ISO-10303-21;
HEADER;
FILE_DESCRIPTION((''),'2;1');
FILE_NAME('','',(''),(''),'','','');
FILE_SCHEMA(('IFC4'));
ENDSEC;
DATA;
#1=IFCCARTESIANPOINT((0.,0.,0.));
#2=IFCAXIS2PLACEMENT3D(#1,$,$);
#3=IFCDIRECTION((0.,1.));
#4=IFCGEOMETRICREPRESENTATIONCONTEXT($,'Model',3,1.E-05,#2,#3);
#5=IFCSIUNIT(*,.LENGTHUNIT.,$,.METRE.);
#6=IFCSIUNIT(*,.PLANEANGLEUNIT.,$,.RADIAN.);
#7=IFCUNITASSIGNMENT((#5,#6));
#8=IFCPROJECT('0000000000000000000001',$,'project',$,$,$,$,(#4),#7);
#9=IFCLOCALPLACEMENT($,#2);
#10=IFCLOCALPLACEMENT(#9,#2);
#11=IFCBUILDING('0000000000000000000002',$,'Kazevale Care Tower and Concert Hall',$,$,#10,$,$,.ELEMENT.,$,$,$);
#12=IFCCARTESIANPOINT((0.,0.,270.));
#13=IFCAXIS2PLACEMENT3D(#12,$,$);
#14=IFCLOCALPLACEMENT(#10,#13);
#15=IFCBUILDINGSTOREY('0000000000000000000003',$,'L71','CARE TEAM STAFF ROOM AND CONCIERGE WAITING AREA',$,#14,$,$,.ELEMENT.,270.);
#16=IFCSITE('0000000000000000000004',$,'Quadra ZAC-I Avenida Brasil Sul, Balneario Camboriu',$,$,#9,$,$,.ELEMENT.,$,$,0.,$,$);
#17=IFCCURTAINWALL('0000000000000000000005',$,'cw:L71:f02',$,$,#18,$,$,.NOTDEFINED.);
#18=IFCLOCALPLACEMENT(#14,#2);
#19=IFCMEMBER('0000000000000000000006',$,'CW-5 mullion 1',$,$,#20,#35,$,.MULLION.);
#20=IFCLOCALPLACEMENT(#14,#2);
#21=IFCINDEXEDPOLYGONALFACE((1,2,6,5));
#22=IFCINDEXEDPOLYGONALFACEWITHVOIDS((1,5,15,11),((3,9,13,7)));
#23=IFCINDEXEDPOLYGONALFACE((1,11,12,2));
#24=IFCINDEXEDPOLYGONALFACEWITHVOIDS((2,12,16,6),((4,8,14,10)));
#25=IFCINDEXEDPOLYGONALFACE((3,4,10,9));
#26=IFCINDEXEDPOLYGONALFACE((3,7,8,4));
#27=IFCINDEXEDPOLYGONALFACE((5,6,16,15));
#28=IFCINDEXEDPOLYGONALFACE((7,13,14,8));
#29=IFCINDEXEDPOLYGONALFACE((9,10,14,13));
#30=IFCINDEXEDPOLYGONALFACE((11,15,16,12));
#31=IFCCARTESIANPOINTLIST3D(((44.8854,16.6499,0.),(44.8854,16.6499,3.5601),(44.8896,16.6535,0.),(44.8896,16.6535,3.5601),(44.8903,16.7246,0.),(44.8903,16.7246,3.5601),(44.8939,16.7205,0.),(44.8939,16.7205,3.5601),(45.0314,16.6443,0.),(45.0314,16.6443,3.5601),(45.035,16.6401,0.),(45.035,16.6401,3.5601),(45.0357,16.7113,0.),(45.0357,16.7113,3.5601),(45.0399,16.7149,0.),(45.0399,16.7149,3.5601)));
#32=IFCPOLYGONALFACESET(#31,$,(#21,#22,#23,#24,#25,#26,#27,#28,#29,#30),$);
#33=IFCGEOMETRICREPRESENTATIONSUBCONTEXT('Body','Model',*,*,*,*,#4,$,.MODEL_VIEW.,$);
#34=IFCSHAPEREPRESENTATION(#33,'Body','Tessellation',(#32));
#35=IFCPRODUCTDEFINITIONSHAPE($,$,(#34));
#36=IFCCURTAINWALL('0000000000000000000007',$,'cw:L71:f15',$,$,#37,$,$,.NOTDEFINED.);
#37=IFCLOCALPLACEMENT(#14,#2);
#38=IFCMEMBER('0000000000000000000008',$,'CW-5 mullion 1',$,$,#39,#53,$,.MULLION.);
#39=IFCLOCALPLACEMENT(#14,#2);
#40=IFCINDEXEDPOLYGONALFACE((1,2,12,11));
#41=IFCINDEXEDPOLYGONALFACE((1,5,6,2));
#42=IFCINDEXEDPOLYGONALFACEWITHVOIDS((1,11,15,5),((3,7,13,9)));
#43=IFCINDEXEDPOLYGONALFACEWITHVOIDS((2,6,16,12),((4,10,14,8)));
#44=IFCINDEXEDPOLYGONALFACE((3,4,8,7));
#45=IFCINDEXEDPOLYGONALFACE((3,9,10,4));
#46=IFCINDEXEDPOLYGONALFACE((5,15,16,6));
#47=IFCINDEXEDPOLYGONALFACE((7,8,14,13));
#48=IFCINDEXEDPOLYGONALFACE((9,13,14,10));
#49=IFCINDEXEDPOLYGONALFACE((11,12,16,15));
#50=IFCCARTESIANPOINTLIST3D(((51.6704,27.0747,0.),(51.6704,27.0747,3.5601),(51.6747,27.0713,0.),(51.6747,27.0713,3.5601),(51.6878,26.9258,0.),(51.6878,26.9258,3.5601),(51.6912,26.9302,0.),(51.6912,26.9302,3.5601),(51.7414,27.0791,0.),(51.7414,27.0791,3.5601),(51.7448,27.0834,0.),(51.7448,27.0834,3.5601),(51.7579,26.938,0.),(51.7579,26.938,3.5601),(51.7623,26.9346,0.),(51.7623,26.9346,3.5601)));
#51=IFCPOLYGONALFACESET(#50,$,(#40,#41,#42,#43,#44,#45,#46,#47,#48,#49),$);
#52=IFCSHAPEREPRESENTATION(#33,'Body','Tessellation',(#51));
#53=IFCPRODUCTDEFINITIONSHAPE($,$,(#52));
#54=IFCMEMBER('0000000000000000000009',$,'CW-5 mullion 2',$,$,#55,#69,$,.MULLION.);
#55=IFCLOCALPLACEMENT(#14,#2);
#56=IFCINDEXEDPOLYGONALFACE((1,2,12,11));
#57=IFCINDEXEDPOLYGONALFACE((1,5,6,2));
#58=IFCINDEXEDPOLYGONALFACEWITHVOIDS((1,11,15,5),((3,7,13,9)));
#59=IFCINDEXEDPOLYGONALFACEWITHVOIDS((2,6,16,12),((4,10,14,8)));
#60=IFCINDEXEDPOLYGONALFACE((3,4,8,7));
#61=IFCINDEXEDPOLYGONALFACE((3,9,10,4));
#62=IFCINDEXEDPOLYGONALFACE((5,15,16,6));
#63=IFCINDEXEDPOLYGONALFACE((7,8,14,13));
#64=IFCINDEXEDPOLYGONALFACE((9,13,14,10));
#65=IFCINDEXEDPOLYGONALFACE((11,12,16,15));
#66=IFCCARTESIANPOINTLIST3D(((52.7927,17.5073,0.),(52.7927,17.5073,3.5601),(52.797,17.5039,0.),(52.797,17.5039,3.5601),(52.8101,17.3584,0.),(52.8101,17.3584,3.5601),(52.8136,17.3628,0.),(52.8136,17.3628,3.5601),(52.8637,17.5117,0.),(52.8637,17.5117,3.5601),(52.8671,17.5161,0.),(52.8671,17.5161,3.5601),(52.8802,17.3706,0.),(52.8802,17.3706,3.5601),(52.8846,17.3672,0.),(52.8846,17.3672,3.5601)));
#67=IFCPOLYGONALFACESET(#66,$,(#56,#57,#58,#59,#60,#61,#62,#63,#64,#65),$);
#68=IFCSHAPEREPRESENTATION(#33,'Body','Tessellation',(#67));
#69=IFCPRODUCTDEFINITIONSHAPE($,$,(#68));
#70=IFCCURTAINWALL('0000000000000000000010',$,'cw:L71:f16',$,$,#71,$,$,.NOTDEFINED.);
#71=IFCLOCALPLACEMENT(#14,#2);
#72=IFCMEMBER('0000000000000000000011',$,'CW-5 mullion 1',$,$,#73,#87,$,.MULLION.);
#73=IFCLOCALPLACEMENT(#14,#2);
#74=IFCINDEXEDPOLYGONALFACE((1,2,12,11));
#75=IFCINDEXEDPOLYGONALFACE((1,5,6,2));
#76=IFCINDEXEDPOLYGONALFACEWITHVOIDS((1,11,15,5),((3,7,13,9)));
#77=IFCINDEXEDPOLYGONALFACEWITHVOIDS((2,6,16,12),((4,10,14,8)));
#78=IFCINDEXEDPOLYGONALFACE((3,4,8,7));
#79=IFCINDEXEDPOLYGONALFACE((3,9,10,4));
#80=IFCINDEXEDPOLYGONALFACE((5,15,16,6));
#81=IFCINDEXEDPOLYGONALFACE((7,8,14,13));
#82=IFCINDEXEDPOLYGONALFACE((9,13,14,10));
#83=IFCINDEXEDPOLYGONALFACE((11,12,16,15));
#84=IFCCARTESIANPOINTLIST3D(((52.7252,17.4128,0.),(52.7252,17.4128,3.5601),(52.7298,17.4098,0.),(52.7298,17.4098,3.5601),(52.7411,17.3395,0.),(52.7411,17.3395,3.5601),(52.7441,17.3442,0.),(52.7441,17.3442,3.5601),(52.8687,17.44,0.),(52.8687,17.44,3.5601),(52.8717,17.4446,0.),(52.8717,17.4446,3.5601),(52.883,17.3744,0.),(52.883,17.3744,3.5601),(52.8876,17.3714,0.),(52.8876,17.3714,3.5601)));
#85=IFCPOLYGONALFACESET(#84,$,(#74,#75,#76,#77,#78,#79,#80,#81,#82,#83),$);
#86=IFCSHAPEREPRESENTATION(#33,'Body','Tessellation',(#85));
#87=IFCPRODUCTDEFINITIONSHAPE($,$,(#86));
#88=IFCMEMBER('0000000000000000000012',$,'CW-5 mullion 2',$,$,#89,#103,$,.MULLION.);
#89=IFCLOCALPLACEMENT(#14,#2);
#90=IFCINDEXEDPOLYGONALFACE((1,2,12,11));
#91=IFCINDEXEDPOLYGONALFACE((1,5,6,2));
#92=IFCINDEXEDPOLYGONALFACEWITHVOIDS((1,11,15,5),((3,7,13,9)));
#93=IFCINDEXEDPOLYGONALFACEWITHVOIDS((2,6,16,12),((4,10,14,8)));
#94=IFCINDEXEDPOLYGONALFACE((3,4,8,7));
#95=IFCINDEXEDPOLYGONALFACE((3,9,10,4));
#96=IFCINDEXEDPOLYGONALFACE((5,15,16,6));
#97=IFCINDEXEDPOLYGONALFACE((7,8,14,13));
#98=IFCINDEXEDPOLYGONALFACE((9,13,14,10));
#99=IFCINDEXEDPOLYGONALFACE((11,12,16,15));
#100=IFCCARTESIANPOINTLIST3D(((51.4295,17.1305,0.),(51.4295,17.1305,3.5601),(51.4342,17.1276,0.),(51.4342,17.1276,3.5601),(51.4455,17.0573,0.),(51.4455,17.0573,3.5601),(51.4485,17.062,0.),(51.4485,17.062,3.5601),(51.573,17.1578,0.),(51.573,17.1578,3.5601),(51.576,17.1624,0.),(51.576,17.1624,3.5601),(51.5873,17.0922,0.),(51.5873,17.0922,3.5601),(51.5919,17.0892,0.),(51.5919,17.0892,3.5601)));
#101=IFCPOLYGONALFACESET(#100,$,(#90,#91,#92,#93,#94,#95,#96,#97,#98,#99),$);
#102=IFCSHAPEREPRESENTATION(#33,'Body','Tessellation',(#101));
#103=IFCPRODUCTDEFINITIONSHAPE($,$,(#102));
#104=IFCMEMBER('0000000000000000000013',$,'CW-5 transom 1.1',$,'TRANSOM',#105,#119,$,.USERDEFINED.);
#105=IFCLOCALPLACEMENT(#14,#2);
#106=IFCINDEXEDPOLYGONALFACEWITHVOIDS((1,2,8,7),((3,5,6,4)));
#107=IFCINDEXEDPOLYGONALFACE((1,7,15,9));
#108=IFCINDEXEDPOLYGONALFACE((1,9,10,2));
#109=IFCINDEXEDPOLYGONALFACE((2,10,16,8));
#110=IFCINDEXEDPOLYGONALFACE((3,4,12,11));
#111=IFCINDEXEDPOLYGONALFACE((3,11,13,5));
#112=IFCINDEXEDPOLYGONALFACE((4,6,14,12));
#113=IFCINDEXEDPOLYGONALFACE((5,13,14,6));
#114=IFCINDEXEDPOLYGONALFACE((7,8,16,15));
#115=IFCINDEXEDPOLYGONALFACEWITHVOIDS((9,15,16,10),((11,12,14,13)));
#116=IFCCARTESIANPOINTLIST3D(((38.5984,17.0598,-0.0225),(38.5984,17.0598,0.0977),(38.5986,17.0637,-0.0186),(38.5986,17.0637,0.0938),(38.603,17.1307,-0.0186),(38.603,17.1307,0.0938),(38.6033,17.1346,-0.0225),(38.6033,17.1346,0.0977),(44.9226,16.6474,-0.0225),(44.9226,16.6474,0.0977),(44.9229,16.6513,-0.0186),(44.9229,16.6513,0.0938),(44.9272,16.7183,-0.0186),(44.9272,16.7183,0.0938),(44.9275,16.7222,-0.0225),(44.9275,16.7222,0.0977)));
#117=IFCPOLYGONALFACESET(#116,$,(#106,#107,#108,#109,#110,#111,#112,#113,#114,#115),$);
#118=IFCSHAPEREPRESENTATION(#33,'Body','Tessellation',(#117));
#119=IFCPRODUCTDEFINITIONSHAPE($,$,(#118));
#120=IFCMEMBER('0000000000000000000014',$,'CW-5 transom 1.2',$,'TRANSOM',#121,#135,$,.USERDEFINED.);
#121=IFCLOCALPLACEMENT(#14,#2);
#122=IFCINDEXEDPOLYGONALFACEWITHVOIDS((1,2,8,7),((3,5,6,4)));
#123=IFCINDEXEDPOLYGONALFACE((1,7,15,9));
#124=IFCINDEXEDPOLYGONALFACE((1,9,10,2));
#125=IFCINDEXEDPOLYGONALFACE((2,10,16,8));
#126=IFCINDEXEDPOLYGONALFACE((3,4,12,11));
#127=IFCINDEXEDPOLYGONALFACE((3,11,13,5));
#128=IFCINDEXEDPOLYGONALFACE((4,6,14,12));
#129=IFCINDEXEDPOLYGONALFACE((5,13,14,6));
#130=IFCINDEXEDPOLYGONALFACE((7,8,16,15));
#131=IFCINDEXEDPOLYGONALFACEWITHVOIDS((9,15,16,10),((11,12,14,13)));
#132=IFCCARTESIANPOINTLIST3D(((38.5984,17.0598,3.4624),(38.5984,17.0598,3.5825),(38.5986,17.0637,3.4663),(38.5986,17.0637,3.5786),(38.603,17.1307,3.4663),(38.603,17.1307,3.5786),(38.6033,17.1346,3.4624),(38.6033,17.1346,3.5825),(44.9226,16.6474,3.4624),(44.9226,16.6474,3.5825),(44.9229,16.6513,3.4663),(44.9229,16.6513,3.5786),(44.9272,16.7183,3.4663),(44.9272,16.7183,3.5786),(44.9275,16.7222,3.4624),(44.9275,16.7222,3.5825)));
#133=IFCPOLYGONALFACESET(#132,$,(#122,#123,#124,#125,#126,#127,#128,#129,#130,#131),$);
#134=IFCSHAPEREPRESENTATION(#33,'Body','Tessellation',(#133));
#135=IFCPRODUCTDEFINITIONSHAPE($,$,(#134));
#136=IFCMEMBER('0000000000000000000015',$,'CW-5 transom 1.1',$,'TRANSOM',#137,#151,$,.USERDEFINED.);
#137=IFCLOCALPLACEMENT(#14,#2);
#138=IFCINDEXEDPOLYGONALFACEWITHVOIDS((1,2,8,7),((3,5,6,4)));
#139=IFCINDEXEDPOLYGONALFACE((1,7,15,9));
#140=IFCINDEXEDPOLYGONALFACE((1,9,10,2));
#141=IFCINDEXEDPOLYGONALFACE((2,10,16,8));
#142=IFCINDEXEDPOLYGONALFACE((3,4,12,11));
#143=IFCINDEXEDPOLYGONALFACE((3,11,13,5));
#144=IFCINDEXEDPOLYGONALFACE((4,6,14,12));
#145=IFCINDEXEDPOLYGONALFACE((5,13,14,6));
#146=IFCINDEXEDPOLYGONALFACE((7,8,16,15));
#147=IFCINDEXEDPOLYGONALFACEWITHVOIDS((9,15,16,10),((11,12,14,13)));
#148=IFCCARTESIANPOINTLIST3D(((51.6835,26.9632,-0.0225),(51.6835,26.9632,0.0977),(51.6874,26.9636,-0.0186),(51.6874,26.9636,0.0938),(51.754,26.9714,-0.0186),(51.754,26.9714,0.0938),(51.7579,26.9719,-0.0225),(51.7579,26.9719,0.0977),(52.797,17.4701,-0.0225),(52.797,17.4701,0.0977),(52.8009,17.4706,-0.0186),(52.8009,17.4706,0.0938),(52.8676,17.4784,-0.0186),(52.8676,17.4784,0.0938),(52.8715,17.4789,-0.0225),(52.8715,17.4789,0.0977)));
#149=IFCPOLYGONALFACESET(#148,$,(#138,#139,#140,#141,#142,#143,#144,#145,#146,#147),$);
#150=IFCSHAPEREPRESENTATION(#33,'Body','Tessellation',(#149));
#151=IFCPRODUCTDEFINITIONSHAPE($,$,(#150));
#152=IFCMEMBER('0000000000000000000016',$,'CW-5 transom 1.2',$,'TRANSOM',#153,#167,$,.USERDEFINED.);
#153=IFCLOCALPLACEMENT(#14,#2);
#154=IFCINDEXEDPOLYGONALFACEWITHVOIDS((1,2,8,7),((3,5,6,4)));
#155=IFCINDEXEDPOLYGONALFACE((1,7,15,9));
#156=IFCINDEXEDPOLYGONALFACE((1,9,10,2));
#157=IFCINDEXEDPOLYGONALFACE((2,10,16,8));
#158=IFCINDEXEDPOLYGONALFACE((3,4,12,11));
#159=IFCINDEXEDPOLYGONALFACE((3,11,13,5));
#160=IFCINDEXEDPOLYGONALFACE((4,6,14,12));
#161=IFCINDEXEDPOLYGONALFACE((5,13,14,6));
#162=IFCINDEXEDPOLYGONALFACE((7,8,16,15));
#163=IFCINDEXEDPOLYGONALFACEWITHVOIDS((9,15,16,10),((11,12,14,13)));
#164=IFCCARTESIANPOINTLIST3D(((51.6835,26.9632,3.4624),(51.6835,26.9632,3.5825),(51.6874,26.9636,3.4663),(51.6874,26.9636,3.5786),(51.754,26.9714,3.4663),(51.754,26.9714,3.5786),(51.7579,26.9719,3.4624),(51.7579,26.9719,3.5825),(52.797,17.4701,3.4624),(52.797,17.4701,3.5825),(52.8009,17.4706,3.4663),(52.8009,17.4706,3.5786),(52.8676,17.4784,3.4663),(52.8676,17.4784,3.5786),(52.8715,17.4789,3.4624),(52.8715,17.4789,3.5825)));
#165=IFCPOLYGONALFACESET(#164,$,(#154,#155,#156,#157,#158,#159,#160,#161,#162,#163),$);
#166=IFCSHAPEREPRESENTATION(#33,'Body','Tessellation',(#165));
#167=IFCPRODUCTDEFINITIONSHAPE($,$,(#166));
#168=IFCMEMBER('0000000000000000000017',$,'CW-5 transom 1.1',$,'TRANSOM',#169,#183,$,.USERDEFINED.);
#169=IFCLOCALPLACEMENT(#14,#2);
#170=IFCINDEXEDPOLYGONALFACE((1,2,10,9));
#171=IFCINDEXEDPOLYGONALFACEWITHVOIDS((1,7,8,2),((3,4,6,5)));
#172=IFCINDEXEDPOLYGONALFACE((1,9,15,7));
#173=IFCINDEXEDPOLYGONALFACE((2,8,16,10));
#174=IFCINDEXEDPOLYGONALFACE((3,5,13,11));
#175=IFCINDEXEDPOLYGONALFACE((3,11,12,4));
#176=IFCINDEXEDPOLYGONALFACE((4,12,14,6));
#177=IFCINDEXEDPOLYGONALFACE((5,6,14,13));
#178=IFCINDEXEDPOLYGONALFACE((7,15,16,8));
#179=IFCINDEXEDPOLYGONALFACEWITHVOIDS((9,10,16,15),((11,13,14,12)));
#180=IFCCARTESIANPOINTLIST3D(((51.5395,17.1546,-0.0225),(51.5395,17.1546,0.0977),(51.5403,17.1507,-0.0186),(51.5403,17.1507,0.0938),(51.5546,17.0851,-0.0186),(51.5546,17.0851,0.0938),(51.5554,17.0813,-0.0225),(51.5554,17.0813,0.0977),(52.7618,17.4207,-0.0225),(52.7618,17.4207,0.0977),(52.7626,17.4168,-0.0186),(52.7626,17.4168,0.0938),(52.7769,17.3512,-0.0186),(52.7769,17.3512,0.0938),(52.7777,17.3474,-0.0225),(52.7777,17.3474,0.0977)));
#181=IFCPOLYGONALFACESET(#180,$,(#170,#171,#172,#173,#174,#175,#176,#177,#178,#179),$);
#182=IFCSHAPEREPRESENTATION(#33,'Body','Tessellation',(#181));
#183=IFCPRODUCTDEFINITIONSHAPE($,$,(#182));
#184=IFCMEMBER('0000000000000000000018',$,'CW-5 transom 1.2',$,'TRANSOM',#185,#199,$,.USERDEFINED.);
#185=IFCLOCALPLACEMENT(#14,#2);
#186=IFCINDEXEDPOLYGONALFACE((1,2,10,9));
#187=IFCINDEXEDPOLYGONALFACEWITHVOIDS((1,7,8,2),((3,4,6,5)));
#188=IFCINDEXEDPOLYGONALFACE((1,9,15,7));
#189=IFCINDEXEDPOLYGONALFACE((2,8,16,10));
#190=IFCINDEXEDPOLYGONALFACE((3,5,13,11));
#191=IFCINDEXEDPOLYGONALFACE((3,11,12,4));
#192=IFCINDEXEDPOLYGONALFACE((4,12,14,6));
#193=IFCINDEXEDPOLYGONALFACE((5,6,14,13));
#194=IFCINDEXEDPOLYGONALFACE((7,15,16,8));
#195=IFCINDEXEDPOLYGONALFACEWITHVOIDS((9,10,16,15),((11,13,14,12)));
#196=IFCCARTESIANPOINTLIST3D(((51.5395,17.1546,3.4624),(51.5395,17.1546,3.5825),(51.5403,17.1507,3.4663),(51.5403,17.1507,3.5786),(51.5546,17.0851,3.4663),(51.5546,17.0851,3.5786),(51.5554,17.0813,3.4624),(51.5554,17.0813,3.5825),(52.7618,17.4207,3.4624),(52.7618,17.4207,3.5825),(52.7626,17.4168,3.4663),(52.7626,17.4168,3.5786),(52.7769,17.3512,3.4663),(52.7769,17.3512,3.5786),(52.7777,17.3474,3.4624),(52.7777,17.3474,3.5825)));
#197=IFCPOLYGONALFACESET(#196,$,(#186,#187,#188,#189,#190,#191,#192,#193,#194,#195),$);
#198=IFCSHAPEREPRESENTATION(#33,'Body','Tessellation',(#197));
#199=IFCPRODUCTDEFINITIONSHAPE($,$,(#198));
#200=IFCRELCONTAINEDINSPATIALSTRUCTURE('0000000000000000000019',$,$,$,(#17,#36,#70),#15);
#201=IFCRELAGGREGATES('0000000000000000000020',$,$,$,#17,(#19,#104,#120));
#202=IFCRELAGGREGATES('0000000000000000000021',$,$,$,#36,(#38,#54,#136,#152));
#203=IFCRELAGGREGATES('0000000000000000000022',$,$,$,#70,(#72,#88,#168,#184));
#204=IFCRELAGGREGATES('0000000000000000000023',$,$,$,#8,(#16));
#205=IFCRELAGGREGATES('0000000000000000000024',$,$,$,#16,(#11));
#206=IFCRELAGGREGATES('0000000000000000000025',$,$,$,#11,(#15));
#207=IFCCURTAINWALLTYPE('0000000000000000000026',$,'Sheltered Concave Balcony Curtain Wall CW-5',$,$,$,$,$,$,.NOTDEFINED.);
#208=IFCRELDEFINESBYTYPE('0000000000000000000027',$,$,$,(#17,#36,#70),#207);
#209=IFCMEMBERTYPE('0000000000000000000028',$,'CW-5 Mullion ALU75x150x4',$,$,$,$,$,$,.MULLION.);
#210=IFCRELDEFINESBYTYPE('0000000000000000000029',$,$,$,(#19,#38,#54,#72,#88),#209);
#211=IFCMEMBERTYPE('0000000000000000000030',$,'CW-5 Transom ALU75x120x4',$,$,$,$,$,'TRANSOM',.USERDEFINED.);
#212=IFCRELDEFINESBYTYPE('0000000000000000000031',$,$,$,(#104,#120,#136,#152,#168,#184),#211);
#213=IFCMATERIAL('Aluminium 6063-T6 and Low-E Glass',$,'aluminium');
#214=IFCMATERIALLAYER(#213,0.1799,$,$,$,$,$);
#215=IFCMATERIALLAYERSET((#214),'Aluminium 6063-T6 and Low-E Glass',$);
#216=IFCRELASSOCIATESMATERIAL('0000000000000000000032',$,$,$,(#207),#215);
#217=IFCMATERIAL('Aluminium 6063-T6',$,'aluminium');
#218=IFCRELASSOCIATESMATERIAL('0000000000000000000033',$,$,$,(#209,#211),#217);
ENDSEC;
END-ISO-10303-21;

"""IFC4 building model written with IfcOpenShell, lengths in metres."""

from ifc_helpers import new_model, si_unit, direction, frame, origin, origin_2d, place, context, subcontext, project, spatial, hollow_rectangle, extrude, material, layer, layer_set, material_profile, profile_set, type_object, element, aggregate, save


model = new_model("IFC4")

# Units and contexts
model_context = context("Model", 3, precision=1e-05, world=origin(), true_north=direction((0.0, 1.0)))
body_context = subcontext(model_context, "Body", "Model", "MODEL_VIEW")
ifc_project = project(units=[si_unit("LENGTHUNIT", "METRE"), si_unit("PLANEANGLEUNIT", "RADIAN")], contexts=[model_context])

# Site, building, storey
site_placement = place(None, origin())
site = spatial("IfcSite", under=ifc_project, at=site_placement, Name="Quadra ZAC-I Avenida Brasil Sul, Balneario Camboriu", CompositionType="ELEMENT", RefElevation=0.0)
building_placement = place(site_placement, origin())
building = spatial("IfcBuilding", under=site, at=building_placement, Name="Kazevale Care Tower and Concert Hall", CompositionType="ELEMENT")
storey_placement = place(building_placement, frame((0.0, 0.0, 270.0)))
storey = spatial("IfcBuildingStorey", under=building, at=storey_placement, Name="L71", Description="CARE TEAM STAFF ROOM AND CONCIERGE WAITING AREA", CompositionType="ELEMENT", Elevation=270.0)

# Curtain wall, member
ifc_material_1 = material(Name="Aluminium 6063-T6 and Low-E Glass", Category="aluminium")
ifc_material_2 = material(Name="Aluminium 6063-T6", Category="aluminium")
ifc_layer_1 = layer(ifc_material_1, 0.1799)
ifc_layer_set_1 = layer_set([ifc_layer_1], Name="Aluminium 6063-T6 and Low-E Glass")
curtain_wall_type_1 = type_object("IfcCurtainWallType", Name="Sheltered Concave Balcony Curtain Wall CW-5", PredefinedType="NOTDEFINED", material=ifc_layer_set_1)
curtain_wall_1_placement = place(storey_placement, origin())
curtain_wall_1 = element("IfcCurtainWall", 1, at=curtain_wall_1_placement, inside=storey, type_object=curtain_wall_type_1, Name="cw:L71:f02", PredefinedType="NOTDEFINED")
ifc_material_profile_1 = material_profile(ifc_material_2, hollow_rectangle(XDim=0.075, YDim=0.1499, WallThickness=0.0039, at=origin_2d()), Name="ALU75x150x4")
ifc_profile_set_1 = profile_set([ifc_material_profile_1], Name="Aluminium 6063-T6")
member_type_1 = type_object("IfcMemberType", Name="CW-5 Mullion ALU75x150x4", PredefinedType="MULLION", material=ifc_profile_set_1)
member_1_placement = place(storey_placement, frame((44.9626, 16.6824, 0.0), z_axis=(0.0, 0.0, 1.0), x_axis=(-0.065046, -0.997882, 0.0)))
member_1 = element("IfcMember", 2, at=member_1_placement, type_object=member_type_1, Name="CW-5 mullion 1", PredefinedType="MULLION", context=body_context, shape_type="SweptSolid", body=[
    extrude(hollow_rectangle(XDim=0.075, YDim=0.1499, WallThickness=0.0039, at=origin_2d()), origin(), (0.0, 0.0, 1.0), 3.5601),
])

# Curtain walls, members
curtain_wall_2_placement = place(storey_placement, origin())
curtain_wall_2 = element("IfcCurtainWall", 3, at=curtain_wall_2_placement, inside=storey, type_object=curtain_wall_type_1, Name="cw:L71:f15", PredefinedType="NOTDEFINED")
member_2_placement = place(storey_placement, frame((51.7163, 27.0046, 0.0), z_axis=(0.0, 0.0, 1.0), x_axis=(0.993191, 0.116501, 0.0)))
member_2 = element("IfcMember", 4, at=member_2_placement, type_object=member_type_1, Name="CW-5 mullion 1", PredefinedType="MULLION", context=body_context, shape_type="SweptSolid", body=[
    extrude(hollow_rectangle(XDim=0.075, YDim=0.1499, WallThickness=0.0039, at=origin_2d()), origin(), (0.0, 0.0, 1.0), 3.5601),
])
member_3_placement = place(storey_placement, frame((52.8386, 17.4373, 0.0), z_axis=(0.0, 0.0, 1.0), x_axis=(0.993191, 0.116501, 0.0)))
member_3 = element("IfcMember", 5, at=member_3_placement, type_object=member_type_1, Name="CW-5 mullion 2", PredefinedType="MULLION", context=body_context, shape_type="SweptSolid", body=[
    extrude(hollow_rectangle(XDim=0.075, YDim=0.1499, WallThickness=0.0039, at=origin_2d()), origin(), (0.0, 0.0, 1.0), 3.5601),
])
curtain_wall_3_placement = place(storey_placement, origin())
curtain_wall_3 = element("IfcCurtainWall", 6, at=curtain_wall_3_placement, inside=storey, type_object=curtain_wall_type_1, Name="cw:L71:f16", PredefinedType="NOTDEFINED")
member_4_placement = place(storey_placement, frame((52.8064, 17.3921, 0.0), z_axis=(0.0, 0.0, 1.0), x_axis=(0.212696, -0.977118, 0.0)))
member_4 = element("IfcMember", 7, at=member_4_placement, type_object=member_type_1, Name="CW-5 mullion 1", PredefinedType="MULLION", context=body_context, shape_type="SweptSolid", body=[
    extrude(hollow_rectangle(XDim=0.075, YDim=0.1499, WallThickness=0.0039, at=origin_2d()), origin(), (0.0, 0.0, 1.0), 3.5601),
])
member_5_placement = place(storey_placement, frame((51.5107, 17.1099, 0.0), z_axis=(0.0, 0.0, 1.0), x_axis=(0.212696, -0.977118, 0.0)))
member_5 = element("IfcMember", 8, at=member_5_placement, type_object=member_type_1, Name="CW-5 mullion 2", PredefinedType="MULLION", context=body_context, shape_type="SweptSolid", body=[
    extrude(hollow_rectangle(XDim=0.075, YDim=0.1499, WallThickness=0.0039, at=origin_2d()), origin(), (0.0, 0.0, 1.0), 3.5601),
])

# Members
ifc_material_profile_2 = material_profile(ifc_material_2, hollow_rectangle(XDim=0.075, YDim=0.1201, WallThickness=0.0039, at=origin_2d()), Name="ALU75x120x4")
ifc_profile_set_2 = profile_set([ifc_material_profile_2], Name="Aluminium 6063-T6")
member_type_2 = type_object("IfcMemberType", Name="CW-5 Transom ALU75x120x4", ElementType="TRANSOM", PredefinedType="USERDEFINED", material=ifc_profile_set_2)
member_6_placement = place(storey_placement, frame((44.925, 16.6848, 0.0376), z_axis=(-0.997881, 0.065064, 0.0), x_axis=(-0.065064, -0.997881, 0.0)))
member_6 = element("IfcMember", 9, at=member_6_placement, type_object=member_type_2, Name="CW-5 transom 1.1", ObjectType="TRANSOM", PredefinedType="USERDEFINED", context=body_context, shape_type="SweptSolid", body=[
    extrude(hollow_rectangle(XDim=0.075, YDim=0.1201, WallThickness=0.0039, at=origin_2d()), origin(), (0.0, 0.0, 1.0), 6.3376),
])
member_7_placement = place(storey_placement, frame((44.925, 16.6848, 3.5225), z_axis=(-0.997881, 0.065064, 0.0), x_axis=(-0.065064, -0.997881, 0.0)))
member_7 = element("IfcMember", 10, at=member_7_placement, type_object=member_type_2, Name="CW-5 transom 1.2", ObjectType="TRANSOM", PredefinedType="USERDEFINED", context=body_context, shape_type="SweptSolid", body=[
    extrude(hollow_rectangle(XDim=0.075, YDim=0.1201, WallThickness=0.0039, at=origin_2d()), origin(), (0.0, 0.0, 1.0), 6.3376),
])
aggregate(curtain_wall_1, [member_1, member_6, member_7])
member_8_placement = place(storey_placement, frame((51.7207, 26.9675, 0.0376), z_axis=(0.116502, -0.99319, 0.0), x_axis=(0.99319, 0.116502, 0.0)))
member_8 = element("IfcMember", 11, at=member_8_placement, type_object=member_type_2, Name="CW-5 transom 1.1", ObjectType="TRANSOM", PredefinedType="USERDEFINED", context=body_context, shape_type="SweptSolid", body=[
    extrude(hollow_rectangle(XDim=0.075, YDim=0.1201, WallThickness=0.0039, at=origin_2d()), origin(), (0.0, 0.0, 1.0), 9.5581),
])
member_9_placement = place(storey_placement, frame((51.7207, 26.9675, 3.5225), z_axis=(0.116502, -0.99319, 0.0), x_axis=(0.99319, 0.116502, 0.0)))
member_9 = element("IfcMember", 12, at=member_9_placement, type_object=member_type_2, Name="CW-5 transom 1.2", ObjectType="TRANSOM", PredefinedType="USERDEFINED", context=body_context, shape_type="SweptSolid", body=[
    extrude(hollow_rectangle(XDim=0.075, YDim=0.1201, WallThickness=0.0039, at=origin_2d()), origin(), (0.0, 0.0, 1.0), 9.5581),
])
member_10_placement = place(storey_placement, frame((52.7698, 17.384, 0.0376), z_axis=(-0.977115, -0.212713, 0.0), x_axis=(0.212713, -0.977115, 0.0)))
member_10 = element("IfcMember", 13, at=member_10_placement, type_object=member_type_2, Name="CW-5 transom 1.1", ObjectType="TRANSOM", PredefinedType="USERDEFINED", context=body_context, shape_type="SweptSolid", body=[
    extrude(hollow_rectangle(XDim=0.075, YDim=0.1201, WallThickness=0.0039, at=origin_2d()), origin(), (0.0, 0.0, 1.0), 1.251),
])
member_11_placement = place(storey_placement, frame((52.7698, 17.384, 3.5225), z_axis=(-0.977115, -0.212713, 0.0), x_axis=(0.212713, -0.977115, 0.0)))
member_11 = element("IfcMember", 14, at=member_11_placement, type_object=member_type_2, Name="CW-5 transom 1.2", ObjectType="TRANSOM", PredefinedType="USERDEFINED", context=body_context, shape_type="SweptSolid", body=[
    extrude(hollow_rectangle(XDim=0.075, YDim=0.1201, WallThickness=0.0039, at=origin_2d()), origin(), (0.0, 0.0, 1.0), 1.251),
])

aggregate(curtain_wall_2, [member_2, member_3, member_8, member_9])
aggregate(curtain_wall_3, [member_4, member_5, member_10, member_11])

save(model, "model.ifc")
